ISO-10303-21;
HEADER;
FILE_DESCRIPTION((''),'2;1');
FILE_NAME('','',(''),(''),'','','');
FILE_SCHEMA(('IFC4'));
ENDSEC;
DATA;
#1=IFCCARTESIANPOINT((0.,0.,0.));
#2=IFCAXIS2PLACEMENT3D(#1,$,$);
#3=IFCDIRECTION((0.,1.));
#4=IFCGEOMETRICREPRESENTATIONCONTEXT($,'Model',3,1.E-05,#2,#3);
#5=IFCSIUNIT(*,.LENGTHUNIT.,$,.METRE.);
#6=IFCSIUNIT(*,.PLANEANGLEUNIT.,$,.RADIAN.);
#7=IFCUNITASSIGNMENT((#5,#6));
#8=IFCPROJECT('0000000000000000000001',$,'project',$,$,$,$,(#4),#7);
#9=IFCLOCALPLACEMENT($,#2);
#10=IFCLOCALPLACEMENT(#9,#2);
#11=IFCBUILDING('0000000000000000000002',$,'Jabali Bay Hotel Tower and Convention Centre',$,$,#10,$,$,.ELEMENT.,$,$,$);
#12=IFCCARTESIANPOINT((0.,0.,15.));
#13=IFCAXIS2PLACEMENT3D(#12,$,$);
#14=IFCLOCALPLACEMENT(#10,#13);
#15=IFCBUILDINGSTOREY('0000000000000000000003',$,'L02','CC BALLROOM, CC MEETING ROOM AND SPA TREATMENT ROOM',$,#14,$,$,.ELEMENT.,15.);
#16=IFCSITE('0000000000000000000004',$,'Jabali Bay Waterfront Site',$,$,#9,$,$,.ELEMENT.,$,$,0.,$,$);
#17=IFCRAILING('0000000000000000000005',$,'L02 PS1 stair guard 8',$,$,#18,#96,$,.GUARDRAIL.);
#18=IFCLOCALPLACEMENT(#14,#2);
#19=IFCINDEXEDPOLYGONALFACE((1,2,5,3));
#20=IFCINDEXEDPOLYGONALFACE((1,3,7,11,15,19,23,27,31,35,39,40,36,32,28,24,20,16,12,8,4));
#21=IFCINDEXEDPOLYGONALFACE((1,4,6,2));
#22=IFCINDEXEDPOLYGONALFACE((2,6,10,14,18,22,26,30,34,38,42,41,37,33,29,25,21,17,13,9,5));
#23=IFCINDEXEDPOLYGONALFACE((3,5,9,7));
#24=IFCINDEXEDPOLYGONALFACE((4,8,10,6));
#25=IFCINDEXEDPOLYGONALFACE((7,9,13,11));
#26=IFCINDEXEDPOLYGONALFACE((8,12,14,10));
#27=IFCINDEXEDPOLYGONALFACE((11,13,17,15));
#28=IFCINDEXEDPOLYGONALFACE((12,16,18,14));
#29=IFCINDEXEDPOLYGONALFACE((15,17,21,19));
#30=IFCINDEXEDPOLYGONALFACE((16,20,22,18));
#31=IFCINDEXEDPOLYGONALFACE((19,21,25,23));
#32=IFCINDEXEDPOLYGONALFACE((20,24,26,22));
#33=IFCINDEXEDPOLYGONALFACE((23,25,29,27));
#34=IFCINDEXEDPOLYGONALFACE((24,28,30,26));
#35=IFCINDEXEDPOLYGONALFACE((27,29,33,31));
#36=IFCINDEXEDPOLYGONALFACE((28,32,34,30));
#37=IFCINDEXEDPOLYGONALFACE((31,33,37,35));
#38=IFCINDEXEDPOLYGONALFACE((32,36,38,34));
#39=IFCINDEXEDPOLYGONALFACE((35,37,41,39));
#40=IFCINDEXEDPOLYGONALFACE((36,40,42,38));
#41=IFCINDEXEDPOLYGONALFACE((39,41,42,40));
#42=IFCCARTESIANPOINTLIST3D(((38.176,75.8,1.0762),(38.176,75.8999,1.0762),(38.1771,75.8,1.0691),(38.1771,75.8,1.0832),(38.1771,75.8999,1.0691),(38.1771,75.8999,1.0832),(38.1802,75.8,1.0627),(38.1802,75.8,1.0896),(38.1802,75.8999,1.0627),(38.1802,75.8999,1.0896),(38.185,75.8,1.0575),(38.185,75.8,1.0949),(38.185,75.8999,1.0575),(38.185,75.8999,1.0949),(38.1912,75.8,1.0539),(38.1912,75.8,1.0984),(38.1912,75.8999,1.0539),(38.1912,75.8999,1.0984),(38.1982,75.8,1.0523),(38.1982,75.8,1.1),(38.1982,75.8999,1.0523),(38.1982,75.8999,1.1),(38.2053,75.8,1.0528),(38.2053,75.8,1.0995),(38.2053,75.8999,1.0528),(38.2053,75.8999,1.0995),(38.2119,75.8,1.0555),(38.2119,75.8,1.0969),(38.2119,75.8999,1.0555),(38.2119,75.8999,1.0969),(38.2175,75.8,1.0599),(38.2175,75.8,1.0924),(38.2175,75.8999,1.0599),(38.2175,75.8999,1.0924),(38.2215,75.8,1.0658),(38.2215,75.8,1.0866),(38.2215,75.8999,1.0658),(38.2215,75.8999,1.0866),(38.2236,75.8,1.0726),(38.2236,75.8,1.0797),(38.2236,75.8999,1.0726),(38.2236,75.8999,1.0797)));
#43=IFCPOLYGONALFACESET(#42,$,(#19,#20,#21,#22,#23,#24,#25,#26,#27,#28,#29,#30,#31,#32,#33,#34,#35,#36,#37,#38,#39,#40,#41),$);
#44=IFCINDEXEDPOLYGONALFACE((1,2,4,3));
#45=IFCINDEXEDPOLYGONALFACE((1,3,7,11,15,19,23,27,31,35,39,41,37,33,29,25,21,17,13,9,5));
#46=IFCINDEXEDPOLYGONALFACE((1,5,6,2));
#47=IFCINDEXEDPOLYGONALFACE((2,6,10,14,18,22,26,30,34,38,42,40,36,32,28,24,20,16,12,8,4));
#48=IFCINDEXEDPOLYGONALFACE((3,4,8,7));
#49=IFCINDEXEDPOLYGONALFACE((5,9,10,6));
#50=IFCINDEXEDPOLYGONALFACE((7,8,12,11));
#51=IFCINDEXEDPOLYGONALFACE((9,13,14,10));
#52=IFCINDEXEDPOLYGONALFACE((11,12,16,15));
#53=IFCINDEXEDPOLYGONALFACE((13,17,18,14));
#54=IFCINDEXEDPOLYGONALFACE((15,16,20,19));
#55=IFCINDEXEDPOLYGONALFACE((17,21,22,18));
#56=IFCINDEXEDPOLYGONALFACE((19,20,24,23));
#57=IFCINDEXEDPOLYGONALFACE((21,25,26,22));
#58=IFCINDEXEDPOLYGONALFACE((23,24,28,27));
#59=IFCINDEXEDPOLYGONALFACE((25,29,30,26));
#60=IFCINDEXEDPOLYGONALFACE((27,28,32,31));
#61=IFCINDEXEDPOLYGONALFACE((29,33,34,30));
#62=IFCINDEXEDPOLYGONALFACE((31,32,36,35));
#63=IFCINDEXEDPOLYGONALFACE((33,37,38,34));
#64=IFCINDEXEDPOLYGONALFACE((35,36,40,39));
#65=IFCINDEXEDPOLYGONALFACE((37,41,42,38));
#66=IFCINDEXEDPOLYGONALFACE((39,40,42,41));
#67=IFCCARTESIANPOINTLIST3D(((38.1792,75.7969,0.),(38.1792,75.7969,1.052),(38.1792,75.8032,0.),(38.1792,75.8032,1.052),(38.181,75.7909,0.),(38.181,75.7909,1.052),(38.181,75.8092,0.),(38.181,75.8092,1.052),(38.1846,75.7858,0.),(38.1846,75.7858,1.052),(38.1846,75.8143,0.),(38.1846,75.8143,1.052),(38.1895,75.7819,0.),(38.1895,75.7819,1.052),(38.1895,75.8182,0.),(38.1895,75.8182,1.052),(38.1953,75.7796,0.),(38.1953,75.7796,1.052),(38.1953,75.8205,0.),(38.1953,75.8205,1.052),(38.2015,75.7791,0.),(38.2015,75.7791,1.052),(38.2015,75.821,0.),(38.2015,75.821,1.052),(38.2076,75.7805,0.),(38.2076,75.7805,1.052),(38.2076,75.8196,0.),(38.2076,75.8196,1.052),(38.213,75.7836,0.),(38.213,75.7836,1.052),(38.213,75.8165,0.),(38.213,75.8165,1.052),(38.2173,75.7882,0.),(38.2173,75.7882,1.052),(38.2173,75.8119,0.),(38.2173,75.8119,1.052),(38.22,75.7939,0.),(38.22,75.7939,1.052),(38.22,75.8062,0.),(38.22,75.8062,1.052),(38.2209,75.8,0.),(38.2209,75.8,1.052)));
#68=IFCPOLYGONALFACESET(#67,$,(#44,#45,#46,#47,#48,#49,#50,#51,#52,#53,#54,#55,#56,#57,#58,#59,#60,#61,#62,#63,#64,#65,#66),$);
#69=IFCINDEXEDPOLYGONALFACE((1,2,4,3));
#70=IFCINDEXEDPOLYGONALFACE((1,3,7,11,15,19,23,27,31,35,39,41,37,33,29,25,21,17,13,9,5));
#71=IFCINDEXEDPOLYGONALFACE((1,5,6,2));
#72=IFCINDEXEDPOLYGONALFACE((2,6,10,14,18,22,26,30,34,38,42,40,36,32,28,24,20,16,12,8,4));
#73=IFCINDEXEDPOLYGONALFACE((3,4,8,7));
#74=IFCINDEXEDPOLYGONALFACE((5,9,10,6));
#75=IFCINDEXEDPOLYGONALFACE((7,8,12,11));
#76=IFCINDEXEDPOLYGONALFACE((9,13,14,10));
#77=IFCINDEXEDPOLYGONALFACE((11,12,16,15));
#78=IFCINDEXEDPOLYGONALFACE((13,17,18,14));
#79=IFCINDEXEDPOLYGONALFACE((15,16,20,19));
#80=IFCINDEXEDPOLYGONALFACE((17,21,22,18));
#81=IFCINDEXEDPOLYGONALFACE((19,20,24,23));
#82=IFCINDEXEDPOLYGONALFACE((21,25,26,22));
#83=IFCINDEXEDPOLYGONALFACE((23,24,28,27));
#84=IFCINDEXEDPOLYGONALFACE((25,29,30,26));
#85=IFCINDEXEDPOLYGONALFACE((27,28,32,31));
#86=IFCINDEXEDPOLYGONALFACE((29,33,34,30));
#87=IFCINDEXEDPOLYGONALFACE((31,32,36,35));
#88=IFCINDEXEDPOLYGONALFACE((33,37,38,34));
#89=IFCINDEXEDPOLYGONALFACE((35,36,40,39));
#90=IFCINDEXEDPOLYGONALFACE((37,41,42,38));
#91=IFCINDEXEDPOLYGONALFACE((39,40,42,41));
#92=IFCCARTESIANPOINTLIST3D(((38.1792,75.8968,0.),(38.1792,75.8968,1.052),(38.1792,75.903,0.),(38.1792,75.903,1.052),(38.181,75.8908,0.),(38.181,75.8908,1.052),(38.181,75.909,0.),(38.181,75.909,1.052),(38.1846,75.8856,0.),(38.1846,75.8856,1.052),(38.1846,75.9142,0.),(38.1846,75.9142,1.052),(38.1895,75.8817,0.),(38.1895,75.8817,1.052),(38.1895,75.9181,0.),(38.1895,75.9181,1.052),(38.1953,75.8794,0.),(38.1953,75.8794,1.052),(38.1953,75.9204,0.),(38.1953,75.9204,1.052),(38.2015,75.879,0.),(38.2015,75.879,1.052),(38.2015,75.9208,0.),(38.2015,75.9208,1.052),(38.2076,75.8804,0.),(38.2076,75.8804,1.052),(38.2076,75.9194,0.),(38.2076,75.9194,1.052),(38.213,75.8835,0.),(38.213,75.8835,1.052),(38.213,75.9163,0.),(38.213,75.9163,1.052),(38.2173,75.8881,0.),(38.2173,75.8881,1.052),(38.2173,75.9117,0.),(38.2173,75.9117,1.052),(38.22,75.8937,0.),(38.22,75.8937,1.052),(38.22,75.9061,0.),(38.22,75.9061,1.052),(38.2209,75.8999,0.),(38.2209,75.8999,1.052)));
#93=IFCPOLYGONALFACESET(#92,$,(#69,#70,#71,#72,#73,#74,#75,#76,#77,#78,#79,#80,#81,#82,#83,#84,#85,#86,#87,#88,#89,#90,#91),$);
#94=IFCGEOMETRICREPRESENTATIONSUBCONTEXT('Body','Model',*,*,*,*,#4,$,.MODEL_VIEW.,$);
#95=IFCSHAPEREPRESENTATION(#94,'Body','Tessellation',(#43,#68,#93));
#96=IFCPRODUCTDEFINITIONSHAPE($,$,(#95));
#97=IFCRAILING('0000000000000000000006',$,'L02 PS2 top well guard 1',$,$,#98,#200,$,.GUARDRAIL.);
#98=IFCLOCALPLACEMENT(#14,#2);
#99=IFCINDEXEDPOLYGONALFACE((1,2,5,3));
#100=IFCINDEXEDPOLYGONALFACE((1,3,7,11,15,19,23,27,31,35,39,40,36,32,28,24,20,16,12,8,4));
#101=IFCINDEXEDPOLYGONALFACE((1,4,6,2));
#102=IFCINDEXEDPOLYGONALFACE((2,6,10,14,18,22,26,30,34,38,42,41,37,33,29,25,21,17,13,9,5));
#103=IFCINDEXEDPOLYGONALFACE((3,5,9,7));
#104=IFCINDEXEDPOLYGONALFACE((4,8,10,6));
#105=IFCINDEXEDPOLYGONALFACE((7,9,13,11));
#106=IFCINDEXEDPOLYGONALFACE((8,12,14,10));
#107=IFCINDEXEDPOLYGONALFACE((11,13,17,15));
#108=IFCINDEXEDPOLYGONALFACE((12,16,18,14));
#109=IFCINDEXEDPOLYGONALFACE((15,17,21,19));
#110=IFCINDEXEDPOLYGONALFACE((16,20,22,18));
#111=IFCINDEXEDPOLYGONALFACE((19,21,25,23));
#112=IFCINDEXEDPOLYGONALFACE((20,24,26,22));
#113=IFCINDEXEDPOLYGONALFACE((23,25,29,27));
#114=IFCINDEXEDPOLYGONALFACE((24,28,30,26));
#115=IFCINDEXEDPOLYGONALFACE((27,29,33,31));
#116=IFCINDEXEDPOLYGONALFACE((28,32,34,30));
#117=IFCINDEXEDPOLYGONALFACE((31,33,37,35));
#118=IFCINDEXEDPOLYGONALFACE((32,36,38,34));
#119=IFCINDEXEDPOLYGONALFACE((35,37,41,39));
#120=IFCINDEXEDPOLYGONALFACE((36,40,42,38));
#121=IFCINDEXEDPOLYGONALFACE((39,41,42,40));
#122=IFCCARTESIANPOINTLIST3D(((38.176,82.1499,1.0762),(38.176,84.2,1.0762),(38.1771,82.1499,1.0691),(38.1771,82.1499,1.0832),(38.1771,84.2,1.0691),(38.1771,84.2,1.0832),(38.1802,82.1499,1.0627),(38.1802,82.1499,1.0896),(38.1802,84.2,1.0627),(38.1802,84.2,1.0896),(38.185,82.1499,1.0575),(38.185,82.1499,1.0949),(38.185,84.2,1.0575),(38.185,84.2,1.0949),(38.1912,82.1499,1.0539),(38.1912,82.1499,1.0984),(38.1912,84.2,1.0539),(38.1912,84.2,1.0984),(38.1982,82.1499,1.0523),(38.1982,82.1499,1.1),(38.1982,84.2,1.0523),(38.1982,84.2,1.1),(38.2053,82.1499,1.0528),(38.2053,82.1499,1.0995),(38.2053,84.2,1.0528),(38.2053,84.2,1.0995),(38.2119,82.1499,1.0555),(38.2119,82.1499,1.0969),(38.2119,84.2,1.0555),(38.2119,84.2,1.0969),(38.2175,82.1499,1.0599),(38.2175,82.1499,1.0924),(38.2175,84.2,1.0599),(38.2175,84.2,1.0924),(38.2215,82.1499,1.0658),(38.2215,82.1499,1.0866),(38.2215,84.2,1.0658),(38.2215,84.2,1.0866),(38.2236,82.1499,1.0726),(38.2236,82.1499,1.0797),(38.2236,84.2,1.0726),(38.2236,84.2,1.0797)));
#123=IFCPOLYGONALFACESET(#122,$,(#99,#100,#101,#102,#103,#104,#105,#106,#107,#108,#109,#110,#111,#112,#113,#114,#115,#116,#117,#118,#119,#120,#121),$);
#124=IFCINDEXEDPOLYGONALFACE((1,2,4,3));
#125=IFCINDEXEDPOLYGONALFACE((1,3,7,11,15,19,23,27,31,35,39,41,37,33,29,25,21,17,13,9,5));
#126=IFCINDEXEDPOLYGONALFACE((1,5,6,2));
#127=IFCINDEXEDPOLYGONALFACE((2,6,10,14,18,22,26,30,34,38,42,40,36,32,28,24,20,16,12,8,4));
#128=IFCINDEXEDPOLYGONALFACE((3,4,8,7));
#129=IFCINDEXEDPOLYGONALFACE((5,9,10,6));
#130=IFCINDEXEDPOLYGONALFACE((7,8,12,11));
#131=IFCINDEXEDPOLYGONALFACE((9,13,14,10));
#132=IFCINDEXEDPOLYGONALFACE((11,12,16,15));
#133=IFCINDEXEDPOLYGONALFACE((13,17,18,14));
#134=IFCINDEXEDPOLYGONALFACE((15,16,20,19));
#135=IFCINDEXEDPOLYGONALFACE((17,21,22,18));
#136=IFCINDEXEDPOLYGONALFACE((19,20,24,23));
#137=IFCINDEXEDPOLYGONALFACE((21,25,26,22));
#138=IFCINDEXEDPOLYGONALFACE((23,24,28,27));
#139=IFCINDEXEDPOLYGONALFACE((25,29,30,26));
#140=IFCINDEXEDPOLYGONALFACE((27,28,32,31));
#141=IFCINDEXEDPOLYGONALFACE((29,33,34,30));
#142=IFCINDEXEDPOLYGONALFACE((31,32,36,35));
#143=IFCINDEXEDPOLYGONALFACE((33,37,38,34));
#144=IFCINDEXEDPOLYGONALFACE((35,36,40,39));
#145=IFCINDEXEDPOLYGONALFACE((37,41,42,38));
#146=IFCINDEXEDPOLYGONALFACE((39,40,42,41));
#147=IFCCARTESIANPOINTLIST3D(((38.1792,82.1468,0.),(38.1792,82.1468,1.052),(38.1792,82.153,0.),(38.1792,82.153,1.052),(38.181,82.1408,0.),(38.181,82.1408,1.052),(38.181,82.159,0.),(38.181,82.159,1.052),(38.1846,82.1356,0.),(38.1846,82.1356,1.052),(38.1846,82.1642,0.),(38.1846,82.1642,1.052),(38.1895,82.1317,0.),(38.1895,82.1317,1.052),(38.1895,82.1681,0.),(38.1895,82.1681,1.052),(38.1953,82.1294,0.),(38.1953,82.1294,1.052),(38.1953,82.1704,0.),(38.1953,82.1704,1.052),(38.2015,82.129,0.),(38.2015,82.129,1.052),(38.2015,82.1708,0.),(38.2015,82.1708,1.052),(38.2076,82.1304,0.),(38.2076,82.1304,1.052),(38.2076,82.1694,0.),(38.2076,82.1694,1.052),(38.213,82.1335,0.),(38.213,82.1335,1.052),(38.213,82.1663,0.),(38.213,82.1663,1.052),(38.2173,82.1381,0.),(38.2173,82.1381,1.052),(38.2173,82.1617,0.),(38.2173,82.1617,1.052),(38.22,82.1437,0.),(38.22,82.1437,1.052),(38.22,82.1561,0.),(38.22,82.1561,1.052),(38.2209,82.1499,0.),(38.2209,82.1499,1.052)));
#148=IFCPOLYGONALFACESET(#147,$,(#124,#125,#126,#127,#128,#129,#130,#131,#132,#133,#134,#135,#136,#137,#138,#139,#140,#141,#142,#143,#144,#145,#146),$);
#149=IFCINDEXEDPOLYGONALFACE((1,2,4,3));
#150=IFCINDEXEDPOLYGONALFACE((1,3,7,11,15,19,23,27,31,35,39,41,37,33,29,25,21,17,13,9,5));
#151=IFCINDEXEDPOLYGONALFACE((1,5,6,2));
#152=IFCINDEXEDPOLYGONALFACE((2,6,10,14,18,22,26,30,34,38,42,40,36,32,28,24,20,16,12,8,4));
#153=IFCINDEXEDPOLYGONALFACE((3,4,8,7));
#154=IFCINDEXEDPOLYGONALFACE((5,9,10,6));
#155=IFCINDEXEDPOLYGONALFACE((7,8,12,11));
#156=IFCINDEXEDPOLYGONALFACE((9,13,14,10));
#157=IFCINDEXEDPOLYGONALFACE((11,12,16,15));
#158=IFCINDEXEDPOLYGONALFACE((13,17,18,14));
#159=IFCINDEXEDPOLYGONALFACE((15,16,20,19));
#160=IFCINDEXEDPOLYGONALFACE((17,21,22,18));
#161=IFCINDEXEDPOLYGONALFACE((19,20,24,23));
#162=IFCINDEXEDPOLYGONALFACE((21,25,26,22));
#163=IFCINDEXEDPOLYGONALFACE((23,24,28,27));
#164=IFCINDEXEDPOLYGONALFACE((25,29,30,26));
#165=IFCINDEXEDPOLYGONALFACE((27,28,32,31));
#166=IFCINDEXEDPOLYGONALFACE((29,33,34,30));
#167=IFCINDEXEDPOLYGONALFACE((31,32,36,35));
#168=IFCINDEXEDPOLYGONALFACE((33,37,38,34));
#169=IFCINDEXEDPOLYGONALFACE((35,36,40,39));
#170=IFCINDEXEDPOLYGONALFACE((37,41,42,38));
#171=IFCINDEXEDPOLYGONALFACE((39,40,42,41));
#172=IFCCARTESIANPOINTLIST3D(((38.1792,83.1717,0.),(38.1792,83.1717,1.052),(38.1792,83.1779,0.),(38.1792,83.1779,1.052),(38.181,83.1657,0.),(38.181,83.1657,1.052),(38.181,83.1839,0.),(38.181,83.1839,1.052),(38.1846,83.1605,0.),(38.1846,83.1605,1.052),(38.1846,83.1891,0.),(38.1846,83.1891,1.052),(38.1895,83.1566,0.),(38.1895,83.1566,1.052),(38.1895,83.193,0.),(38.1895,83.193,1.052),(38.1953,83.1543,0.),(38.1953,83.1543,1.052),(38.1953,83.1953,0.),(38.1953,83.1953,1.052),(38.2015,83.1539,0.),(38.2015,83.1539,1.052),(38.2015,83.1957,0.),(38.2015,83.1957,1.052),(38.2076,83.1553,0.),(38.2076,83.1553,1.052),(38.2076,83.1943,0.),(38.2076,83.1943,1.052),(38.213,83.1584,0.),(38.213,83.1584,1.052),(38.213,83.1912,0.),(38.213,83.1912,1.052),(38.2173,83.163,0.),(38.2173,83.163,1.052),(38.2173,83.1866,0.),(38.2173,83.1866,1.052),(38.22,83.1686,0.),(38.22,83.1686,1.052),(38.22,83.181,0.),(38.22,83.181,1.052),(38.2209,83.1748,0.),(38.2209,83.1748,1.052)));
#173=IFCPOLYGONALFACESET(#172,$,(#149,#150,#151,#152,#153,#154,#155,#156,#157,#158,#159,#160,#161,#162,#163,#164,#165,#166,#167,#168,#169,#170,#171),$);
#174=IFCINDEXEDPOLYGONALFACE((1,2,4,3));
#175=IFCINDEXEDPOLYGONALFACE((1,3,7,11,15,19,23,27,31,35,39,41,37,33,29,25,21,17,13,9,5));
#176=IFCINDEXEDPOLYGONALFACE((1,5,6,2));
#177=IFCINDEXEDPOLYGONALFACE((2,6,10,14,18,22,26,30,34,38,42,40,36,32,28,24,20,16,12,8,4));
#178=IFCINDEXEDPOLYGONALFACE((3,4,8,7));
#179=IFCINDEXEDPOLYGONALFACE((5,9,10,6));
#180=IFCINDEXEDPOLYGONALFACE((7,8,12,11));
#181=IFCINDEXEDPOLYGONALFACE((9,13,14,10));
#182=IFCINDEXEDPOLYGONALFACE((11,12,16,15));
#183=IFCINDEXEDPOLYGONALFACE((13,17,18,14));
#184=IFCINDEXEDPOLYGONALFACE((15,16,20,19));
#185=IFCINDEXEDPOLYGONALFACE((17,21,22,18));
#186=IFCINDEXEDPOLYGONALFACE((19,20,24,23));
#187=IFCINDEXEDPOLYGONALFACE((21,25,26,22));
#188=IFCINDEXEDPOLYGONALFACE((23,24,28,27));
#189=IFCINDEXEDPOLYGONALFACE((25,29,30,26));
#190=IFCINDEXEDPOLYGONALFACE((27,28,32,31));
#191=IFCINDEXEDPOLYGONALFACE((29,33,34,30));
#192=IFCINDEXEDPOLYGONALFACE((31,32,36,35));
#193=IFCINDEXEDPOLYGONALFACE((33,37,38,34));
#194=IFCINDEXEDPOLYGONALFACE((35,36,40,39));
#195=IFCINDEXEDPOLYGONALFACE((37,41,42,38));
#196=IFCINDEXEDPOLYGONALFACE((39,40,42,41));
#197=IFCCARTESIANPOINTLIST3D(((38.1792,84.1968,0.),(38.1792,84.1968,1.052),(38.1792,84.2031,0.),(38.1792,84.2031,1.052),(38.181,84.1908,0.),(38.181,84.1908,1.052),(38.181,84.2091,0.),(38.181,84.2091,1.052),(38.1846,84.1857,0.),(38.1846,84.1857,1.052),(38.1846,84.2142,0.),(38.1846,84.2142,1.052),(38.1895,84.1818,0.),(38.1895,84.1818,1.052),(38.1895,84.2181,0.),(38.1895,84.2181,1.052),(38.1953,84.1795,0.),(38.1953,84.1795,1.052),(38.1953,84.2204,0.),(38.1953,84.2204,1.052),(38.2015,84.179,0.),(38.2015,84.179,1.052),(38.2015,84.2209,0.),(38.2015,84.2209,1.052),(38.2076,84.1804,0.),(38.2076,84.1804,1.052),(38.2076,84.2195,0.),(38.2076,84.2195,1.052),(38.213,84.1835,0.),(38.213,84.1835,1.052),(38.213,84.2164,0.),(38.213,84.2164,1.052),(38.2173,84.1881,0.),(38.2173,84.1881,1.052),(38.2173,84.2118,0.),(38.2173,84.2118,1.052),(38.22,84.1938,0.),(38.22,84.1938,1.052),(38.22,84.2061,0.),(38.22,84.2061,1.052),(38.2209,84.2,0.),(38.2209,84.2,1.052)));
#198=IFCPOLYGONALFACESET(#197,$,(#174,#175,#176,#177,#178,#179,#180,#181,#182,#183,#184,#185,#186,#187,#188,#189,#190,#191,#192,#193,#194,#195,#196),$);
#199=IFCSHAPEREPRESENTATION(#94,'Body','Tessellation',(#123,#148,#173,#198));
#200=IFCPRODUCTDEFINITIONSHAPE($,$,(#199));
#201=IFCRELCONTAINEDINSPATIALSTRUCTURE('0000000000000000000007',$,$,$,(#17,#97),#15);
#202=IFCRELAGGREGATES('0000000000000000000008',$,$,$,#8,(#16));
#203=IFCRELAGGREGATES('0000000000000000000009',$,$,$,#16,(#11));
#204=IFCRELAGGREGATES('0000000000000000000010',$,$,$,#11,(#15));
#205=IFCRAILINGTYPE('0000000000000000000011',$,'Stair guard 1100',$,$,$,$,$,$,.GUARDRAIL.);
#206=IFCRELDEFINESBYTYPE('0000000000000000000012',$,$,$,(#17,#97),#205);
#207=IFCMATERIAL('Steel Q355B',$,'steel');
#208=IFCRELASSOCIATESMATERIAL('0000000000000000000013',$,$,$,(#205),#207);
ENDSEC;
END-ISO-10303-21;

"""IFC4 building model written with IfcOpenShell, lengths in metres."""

from ifc_helpers import new_model, si_unit, direction, frame, origin, origin_2d, place, context, subcontext, project, spatial, circle, extrude, material, type_object, element, save


model = new_model("IFC4")

# Units and contexts
model_context = context("Model", 3, precision=1e-05, world=origin(), true_north=direction((0.0, 1.0)))
body_context = subcontext(model_context, "Body", "Model", "MODEL_VIEW")
ifc_project = project(units=[si_unit("LENGTHUNIT", "METRE"), si_unit("PLANEANGLEUNIT", "RADIAN")], contexts=[model_context])

# Site, building, storey
site_placement = place(None, origin())
site = spatial("IfcSite", under=ifc_project, at=site_placement, Name="Jabali Bay Waterfront Site", CompositionType="ELEMENT", RefElevation=0.0)
building_placement = place(site_placement, origin())
building = spatial("IfcBuilding", under=site, at=building_placement, Name="Jabali Bay Hotel Tower and Convention Centre", CompositionType="ELEMENT")
storey_placement = place(building_placement, frame((0.0, 0.0, 15.0)))
storey = spatial("IfcBuildingStorey", under=building, at=storey_placement, Name="L02", Description="CC BALLROOM, CC MEETING ROOM AND SPA TREATMENT ROOM", CompositionType="ELEMENT", Elevation=15.0)

# Railings
ifc_material_1 = material(Name="Steel Q355B", Category="steel")
railing_type_1 = type_object("IfcRailingType", Name="Stair guard 1100", PredefinedType="GUARDRAIL", material=ifc_material_1)
railing_1_placement = place(storey_placement, frame((38.2, 75.8, 0.0)))
element("IfcRailing", 1, at=railing_1_placement, inside=storey, type_object=railing_type_1, Name="L02 PS1 stair guard 8", PredefinedType="GUARDRAIL", context=body_context, shape_type="SweptSolid", body=[
    extrude(circle(Radius=0.0239, at=origin_2d()), frame((0.0, 0.0, 1.0762), z_axis=(0.0, 1.0, 0.0), x_axis=(-1.0, 0.0, 0.0)), (0.0, 0.0, 1.0), 0.0999),
    extrude(circle(Radius=0.021, at=origin_2d()), origin(), (0.0, 0.0, 1.0), 1.052),
    extrude(circle(Radius=0.021, at=origin_2d()), frame((0.0, 0.0999, 0.0)), (0.0, 0.0, 1.0), 1.052),
])
railing_2_placement = place(storey_placement, frame((38.2, 82.1499, 0.0)))
element("IfcRailing", 2, at=railing_2_placement, inside=storey, type_object=railing_type_1, Name="L02 PS2 top well guard 1", PredefinedType="GUARDRAIL", context=body_context, shape_type="SweptSolid", body=[
    extrude(circle(Radius=0.0239, at=origin_2d()), frame((0.0, 0.0, 1.0762), z_axis=(0.0, 1.0, 0.0), x_axis=(-1.0, 0.0, 0.0)), (0.0, 0.0, 1.0), 2.05),
    extrude(circle(Radius=0.021, at=origin_2d()), origin(), (0.0, 0.0, 1.0), 1.052),
    extrude(circle(Radius=0.021, at=origin_2d()), frame((0.0, 1.0249, 0.0)), (0.0, 0.0, 1.0), 1.052),
    extrude(circle(Radius=0.021, at=origin_2d()), frame((0.0, 2.05, 0.0)), (0.0, 0.0, 1.0), 1.052),
])

save(model, "model.ifc")
